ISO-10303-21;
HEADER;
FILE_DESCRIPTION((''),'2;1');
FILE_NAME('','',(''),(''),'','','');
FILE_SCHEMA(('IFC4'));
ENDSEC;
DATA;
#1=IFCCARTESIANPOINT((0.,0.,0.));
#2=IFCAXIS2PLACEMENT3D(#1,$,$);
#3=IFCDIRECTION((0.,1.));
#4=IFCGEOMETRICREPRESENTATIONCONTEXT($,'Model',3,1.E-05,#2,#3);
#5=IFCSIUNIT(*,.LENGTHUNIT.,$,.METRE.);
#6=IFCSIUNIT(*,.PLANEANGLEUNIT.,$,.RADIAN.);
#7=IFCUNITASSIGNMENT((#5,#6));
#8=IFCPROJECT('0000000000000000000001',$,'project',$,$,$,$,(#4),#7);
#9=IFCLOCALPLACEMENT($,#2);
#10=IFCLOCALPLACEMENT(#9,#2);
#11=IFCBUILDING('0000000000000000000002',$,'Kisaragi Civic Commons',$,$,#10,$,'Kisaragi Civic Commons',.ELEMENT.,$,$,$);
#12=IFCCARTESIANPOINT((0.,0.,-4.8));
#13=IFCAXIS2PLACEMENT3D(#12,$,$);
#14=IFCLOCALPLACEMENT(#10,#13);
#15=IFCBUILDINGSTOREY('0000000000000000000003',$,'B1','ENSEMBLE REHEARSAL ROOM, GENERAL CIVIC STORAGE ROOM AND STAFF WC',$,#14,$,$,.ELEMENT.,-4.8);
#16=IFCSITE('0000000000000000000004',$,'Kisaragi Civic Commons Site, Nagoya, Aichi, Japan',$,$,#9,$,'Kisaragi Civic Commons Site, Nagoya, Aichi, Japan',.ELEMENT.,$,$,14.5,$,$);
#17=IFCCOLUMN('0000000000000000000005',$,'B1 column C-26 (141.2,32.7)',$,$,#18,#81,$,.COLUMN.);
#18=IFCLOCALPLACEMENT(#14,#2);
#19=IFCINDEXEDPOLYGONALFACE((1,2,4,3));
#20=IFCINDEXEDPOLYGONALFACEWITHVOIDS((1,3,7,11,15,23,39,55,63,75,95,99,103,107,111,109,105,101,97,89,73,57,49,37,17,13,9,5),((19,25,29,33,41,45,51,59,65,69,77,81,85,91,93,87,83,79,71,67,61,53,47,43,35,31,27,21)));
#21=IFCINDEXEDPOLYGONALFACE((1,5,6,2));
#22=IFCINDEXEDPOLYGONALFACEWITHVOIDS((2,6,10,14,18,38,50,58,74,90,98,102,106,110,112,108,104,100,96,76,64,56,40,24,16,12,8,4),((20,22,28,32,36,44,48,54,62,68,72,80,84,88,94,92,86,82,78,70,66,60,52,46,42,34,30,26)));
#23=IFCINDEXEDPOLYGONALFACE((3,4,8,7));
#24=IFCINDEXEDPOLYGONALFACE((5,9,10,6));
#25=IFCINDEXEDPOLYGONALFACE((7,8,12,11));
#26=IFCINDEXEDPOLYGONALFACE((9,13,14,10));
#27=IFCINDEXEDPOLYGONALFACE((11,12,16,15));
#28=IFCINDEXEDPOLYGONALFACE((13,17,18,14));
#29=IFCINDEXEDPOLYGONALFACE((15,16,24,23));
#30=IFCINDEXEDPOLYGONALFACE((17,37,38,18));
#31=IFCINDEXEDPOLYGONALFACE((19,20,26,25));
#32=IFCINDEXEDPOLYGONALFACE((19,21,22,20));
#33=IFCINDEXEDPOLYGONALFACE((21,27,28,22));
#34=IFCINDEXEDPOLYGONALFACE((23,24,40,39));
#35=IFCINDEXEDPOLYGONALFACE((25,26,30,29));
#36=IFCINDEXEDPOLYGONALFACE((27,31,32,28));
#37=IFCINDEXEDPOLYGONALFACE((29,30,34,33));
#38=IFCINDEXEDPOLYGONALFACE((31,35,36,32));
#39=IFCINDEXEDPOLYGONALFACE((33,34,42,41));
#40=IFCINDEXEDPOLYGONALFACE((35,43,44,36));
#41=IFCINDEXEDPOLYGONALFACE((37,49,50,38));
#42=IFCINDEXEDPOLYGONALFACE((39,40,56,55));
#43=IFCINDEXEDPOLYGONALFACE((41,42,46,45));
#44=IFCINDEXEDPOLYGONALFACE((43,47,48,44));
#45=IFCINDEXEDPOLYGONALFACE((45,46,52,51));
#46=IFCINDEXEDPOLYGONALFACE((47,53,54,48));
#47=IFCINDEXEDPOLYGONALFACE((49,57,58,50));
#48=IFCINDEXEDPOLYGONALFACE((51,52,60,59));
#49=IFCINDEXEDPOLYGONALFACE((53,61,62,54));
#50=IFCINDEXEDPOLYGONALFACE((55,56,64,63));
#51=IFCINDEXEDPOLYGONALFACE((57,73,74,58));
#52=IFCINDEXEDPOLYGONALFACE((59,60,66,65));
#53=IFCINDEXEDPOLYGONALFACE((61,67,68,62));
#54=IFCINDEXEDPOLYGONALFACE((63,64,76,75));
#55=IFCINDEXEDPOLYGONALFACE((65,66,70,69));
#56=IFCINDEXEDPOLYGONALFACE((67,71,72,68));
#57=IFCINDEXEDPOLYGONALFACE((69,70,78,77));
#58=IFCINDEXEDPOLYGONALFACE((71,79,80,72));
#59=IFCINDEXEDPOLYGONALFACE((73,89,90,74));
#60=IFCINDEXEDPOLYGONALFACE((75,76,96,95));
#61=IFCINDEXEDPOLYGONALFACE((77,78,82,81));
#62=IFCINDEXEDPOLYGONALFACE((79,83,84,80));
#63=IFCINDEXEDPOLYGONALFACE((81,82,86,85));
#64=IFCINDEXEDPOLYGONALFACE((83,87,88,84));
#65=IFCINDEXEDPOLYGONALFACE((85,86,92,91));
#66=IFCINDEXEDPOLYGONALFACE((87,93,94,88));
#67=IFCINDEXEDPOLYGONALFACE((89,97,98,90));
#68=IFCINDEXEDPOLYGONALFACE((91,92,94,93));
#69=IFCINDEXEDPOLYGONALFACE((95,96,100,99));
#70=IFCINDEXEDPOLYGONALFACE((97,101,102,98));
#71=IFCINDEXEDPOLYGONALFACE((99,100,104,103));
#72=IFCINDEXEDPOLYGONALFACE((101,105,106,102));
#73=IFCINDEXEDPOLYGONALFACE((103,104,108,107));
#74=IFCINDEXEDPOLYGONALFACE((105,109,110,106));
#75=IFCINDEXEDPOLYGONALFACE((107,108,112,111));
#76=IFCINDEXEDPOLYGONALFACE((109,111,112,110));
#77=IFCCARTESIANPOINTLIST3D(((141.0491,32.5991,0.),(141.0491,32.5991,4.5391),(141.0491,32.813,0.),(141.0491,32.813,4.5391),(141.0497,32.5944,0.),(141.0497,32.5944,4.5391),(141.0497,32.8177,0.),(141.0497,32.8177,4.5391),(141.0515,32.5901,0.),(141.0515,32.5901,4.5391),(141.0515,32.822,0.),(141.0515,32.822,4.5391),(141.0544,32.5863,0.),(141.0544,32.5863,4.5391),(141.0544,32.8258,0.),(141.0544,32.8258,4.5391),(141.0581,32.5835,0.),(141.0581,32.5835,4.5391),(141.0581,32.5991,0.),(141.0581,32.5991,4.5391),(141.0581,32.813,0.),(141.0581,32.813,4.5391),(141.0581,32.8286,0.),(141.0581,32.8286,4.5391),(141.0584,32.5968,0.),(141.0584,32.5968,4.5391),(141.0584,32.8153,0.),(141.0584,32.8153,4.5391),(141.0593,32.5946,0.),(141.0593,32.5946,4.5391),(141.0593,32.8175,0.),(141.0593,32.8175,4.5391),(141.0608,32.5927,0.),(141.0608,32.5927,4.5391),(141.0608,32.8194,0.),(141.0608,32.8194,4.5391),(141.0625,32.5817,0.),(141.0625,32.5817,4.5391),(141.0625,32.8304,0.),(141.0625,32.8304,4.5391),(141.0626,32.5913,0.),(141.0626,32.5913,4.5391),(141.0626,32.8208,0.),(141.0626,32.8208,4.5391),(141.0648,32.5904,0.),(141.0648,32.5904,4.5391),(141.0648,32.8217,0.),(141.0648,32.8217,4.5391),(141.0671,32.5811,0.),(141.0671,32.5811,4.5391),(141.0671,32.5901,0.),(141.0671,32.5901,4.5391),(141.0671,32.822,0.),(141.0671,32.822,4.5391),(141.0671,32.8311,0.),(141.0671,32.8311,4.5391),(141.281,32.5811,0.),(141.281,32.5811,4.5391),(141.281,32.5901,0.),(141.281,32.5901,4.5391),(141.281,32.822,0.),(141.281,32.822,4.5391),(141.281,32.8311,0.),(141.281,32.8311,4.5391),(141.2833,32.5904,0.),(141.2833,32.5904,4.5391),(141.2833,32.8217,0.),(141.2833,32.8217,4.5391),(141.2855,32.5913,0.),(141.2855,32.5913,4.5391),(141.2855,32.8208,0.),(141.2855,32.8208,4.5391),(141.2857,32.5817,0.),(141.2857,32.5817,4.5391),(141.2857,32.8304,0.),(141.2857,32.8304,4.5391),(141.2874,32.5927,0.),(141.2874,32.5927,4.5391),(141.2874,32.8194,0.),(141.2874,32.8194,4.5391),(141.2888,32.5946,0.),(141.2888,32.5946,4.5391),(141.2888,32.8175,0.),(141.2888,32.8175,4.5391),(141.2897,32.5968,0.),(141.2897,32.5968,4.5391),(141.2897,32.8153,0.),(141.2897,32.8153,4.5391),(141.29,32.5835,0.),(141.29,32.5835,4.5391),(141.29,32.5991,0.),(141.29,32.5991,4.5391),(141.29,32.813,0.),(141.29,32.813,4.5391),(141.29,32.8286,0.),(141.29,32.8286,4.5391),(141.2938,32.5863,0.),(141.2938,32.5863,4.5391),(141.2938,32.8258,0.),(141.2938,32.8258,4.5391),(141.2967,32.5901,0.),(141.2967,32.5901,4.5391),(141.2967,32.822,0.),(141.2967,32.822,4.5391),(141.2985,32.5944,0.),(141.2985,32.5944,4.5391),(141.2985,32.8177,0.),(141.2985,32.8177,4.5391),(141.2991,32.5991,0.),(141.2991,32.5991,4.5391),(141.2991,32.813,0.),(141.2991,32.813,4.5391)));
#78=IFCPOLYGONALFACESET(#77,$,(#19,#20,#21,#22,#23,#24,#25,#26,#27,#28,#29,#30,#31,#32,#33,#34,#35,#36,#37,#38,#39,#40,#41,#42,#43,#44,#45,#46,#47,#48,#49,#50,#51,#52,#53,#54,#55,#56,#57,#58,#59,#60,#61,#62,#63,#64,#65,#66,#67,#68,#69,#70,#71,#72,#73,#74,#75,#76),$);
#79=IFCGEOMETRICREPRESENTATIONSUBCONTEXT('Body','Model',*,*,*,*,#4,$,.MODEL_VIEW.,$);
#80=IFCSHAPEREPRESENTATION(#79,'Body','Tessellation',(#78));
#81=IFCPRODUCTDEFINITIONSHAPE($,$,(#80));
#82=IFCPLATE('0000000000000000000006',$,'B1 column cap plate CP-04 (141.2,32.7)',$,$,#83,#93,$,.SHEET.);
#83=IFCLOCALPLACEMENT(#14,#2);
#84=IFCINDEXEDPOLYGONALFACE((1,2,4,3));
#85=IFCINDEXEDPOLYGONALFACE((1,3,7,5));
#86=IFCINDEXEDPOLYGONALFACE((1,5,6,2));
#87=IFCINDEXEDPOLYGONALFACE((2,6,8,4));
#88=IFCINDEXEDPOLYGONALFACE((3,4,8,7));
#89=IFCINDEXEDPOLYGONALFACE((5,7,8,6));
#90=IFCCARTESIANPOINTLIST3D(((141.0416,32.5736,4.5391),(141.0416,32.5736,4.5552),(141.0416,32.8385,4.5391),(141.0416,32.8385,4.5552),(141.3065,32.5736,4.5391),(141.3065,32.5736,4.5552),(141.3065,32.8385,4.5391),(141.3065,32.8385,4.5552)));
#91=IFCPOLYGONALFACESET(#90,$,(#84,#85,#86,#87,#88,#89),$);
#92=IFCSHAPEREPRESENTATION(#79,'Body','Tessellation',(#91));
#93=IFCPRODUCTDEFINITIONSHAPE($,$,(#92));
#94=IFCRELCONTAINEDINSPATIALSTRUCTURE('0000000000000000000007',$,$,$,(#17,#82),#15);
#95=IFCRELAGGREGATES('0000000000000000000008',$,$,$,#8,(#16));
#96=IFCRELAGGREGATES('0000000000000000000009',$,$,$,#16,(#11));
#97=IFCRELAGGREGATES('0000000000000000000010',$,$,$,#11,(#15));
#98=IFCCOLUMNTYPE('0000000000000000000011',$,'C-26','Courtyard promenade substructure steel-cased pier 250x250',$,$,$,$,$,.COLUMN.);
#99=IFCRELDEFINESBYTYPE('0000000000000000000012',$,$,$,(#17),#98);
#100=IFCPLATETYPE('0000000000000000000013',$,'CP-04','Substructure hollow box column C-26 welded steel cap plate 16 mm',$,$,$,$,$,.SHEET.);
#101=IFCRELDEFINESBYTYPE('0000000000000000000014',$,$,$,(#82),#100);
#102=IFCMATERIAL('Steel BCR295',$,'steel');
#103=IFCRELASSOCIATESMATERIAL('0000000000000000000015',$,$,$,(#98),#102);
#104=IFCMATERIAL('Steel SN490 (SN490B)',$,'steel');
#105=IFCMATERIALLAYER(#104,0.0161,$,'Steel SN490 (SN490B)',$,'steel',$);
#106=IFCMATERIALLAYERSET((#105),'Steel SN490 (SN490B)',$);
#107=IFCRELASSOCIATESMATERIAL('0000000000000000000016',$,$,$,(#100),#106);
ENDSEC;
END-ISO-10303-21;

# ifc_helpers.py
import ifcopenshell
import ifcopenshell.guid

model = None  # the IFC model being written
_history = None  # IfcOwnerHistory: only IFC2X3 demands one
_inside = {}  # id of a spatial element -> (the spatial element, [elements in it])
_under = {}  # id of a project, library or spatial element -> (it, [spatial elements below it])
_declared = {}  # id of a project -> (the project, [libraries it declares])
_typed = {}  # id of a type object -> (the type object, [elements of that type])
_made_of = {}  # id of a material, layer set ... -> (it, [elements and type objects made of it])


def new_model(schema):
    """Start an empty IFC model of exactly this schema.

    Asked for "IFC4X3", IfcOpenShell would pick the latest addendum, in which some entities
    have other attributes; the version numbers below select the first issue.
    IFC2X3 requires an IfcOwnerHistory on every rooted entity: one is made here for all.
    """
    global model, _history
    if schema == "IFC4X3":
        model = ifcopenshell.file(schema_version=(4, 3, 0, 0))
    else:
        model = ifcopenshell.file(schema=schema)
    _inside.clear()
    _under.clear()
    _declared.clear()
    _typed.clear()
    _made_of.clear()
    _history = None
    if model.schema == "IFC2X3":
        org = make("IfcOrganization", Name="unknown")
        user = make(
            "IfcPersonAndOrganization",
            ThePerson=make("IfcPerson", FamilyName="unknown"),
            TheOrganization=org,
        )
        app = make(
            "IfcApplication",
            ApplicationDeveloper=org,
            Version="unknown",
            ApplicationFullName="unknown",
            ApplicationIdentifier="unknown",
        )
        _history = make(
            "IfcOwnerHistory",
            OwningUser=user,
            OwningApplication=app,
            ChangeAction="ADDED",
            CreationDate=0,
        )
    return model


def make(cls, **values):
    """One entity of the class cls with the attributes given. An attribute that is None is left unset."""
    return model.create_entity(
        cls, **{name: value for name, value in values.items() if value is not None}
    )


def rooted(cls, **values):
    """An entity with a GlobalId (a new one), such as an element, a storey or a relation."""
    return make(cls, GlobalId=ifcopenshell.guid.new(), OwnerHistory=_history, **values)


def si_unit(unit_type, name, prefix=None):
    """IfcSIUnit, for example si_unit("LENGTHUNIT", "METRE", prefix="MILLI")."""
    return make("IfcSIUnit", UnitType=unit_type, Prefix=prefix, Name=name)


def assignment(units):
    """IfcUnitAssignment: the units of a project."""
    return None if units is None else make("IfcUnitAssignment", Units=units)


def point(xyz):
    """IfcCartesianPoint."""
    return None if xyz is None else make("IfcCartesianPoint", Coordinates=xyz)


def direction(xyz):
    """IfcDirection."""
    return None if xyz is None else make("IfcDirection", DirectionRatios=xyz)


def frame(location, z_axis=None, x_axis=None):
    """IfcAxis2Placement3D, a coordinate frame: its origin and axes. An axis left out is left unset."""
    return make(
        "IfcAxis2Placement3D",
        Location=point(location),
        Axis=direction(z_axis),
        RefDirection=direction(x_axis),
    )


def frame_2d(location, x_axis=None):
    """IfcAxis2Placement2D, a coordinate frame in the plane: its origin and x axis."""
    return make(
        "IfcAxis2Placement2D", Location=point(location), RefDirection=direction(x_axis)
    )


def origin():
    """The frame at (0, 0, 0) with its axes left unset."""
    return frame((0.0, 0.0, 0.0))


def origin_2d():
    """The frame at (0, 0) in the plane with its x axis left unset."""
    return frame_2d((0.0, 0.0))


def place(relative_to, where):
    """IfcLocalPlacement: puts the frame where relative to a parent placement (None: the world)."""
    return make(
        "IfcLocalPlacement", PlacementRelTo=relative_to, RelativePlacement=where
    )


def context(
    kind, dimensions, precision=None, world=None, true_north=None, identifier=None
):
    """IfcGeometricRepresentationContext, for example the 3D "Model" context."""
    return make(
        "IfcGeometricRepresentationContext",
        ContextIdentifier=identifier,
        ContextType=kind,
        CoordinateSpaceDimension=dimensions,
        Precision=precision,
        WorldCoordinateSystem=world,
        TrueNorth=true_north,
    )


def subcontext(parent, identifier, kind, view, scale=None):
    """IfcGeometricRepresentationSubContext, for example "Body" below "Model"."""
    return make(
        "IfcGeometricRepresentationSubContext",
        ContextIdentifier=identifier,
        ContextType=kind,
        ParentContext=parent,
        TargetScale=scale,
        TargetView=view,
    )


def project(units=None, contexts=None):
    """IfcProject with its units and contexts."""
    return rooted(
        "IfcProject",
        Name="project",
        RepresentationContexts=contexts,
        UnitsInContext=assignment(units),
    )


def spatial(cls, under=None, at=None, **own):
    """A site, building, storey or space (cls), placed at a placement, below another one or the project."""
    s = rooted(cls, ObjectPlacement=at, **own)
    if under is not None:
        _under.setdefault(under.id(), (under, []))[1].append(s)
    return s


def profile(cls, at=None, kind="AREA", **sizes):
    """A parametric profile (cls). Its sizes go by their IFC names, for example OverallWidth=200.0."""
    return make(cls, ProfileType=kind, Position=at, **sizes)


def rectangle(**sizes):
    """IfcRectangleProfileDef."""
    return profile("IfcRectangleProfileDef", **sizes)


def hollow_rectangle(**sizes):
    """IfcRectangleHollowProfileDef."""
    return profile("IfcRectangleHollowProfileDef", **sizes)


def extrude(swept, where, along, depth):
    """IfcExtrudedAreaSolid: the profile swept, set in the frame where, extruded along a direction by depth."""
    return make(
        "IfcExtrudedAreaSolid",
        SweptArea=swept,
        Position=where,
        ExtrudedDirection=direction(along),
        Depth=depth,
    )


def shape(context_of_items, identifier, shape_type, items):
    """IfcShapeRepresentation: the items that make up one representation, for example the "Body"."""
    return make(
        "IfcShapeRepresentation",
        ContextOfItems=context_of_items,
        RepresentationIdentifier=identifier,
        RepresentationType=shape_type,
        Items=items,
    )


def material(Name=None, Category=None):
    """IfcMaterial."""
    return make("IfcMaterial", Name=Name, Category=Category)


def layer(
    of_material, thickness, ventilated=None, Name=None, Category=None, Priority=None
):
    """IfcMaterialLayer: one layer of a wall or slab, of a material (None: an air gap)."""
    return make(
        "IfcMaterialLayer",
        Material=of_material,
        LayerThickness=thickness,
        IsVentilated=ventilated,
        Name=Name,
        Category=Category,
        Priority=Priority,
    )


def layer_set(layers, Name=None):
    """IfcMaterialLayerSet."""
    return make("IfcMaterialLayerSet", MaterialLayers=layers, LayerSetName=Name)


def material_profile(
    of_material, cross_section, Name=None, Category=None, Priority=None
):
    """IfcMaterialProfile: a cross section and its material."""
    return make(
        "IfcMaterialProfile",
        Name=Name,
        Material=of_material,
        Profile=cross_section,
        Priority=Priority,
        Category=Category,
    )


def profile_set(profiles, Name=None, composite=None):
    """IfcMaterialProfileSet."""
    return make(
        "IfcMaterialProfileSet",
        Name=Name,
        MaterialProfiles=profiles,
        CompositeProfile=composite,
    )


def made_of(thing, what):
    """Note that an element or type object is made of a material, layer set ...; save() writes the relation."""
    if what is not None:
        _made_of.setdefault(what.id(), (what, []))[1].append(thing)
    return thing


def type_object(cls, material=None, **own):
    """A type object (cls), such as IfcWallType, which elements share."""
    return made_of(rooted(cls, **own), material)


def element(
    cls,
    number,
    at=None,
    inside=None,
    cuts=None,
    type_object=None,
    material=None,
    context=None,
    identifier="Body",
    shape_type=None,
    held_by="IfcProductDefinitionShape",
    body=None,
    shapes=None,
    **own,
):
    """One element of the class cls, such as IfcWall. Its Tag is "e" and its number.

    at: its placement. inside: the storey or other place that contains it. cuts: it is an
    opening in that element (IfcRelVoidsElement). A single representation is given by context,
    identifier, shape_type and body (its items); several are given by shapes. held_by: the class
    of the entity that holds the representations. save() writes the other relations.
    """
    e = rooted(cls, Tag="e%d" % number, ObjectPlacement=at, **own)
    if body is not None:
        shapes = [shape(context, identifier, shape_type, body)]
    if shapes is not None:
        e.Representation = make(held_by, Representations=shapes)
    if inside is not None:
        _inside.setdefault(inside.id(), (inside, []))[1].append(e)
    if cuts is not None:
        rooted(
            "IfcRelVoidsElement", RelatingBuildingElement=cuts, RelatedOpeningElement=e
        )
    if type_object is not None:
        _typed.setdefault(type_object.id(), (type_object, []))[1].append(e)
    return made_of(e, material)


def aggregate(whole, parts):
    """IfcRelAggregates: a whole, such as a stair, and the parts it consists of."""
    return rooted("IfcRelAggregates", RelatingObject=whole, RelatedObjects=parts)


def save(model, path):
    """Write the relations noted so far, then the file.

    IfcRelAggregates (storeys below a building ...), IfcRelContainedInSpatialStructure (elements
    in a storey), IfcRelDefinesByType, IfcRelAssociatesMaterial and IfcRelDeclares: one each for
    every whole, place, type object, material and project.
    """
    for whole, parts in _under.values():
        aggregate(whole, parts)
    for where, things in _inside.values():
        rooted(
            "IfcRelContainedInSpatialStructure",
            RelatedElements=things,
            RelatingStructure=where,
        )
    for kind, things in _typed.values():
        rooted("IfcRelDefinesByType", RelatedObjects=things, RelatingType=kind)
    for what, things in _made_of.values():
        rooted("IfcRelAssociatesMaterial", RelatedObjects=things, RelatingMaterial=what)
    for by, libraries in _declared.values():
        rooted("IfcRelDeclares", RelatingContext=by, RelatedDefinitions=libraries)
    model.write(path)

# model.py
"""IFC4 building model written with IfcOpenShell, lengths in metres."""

from ifc_helpers import new_model, si_unit, direction, frame, origin, origin_2d, place, context, subcontext, project, spatial, rectangle, hollow_rectangle, extrude, material, layer, layer_set, material_profile, profile_set, type_object, element, save


model = new_model("IFC4")

# Units and contexts
model_context = context("Model", 3, precision=1e-05, world=origin(), true_north=direction((0.0, 1.0)))
body_context = subcontext(model_context, "Body", "Model", "MODEL_VIEW")
ifc_project = project(units=[si_unit("LENGTHUNIT", "METRE"), si_unit("PLANEANGLEUNIT", "RADIAN")], contexts=[model_context])

# Site, building, storey
site_placement = place(None, origin())
site = spatial("IfcSite", under=ifc_project, at=site_placement, Name="Kisaragi Civic Commons Site, Nagoya, Aichi, Japan", LongName="Kisaragi Civic Commons Site, Nagoya, Aichi, Japan", CompositionType="ELEMENT", RefElevation=14.5)
building_placement = place(site_placement, origin())
building = spatial("IfcBuilding", under=site, at=building_placement, Name="Kisaragi Civic Commons", LongName="Kisaragi Civic Commons", CompositionType="ELEMENT")
storey_placement = place(building_placement, frame((0.0, 0.0, -4.8)))
storey = spatial("IfcBuildingStorey", under=building, at=storey_placement, Name="B1", Description="ENSEMBLE REHEARSAL ROOM, GENERAL CIVIC STORAGE ROOM AND STAFF WC", CompositionType="ELEMENT", Elevation=-4.8)

# Column
ifc_material_1 = material(Name="Steel BCR295", Category="steel")
ifc_material_profile_1 = material_profile(ifc_material_1, hollow_rectangle(XDim=0.25, YDim=0.25, WallThickness=0.009, InnerFilletRadius=0.009, OuterFilletRadius=0.0181, at=origin_2d()), Name="BCR-250x250x9", Category="steel")
ifc_profile_set_1 = profile_set([ifc_material_profile_1], Name="Steel BCR295")
column_type_1 = type_object("IfcColumnType", Name="C-26", Description="Courtyard promenade substructure steel-cased pier 250x250", PredefinedType="COLUMN", material=ifc_profile_set_1)
column_placement = place(storey_placement, frame((141.1741, 32.7061, 0.0), z_axis=(0.0, 0.0, 1.0), x_axis=(1.0, 0.0, 0.0)))
element("IfcColumn", 1, at=column_placement, inside=storey, type_object=column_type_1, Name="B1 column C-26 (141.2,32.7)", PredefinedType="COLUMN", context=body_context, shape_type="SweptSolid", body=[
    extrude(hollow_rectangle(XDim=0.25, YDim=0.25, WallThickness=0.009, InnerFilletRadius=0.009, OuterFilletRadius=0.0181, at=origin_2d()), origin(), (0.0, 0.0, 1.0), 4.5391),
])

# Plate
ifc_material_2 = material(Name="Steel SN490 (SN490B)", Category="steel")
ifc_layer = layer(ifc_material_2, 0.0161, Name="Steel SN490 (SN490B)", Category="steel")
ifc_layer_set = layer_set([ifc_layer], Name="Steel SN490 (SN490B)")
plate_type = type_object("IfcPlateType", Name="CP-04", Description="Substructure hollow box column C-26 welded steel cap plate 16 mm", PredefinedType="SHEET", material=ifc_layer_set)
plate_placement = place(storey_placement, frame((141.1741, 32.7061, 4.5391), z_axis=(0.0, 0.0, 1.0), x_axis=(1.0, 0.0, 0.0)))
element("IfcPlate", 2, at=plate_placement, inside=storey, type_object=plate_type, Name="B1 column cap plate CP-04 (141.2,32.7)", PredefinedType="SHEET", context=body_context, shape_type="SweptSolid", body=[
    extrude(rectangle(XDim=0.2649, YDim=0.2649, at=origin_2d()), origin(), (0.0, 0.0, 1.0), 0.0161),
])

save(model, "model.ifc")
